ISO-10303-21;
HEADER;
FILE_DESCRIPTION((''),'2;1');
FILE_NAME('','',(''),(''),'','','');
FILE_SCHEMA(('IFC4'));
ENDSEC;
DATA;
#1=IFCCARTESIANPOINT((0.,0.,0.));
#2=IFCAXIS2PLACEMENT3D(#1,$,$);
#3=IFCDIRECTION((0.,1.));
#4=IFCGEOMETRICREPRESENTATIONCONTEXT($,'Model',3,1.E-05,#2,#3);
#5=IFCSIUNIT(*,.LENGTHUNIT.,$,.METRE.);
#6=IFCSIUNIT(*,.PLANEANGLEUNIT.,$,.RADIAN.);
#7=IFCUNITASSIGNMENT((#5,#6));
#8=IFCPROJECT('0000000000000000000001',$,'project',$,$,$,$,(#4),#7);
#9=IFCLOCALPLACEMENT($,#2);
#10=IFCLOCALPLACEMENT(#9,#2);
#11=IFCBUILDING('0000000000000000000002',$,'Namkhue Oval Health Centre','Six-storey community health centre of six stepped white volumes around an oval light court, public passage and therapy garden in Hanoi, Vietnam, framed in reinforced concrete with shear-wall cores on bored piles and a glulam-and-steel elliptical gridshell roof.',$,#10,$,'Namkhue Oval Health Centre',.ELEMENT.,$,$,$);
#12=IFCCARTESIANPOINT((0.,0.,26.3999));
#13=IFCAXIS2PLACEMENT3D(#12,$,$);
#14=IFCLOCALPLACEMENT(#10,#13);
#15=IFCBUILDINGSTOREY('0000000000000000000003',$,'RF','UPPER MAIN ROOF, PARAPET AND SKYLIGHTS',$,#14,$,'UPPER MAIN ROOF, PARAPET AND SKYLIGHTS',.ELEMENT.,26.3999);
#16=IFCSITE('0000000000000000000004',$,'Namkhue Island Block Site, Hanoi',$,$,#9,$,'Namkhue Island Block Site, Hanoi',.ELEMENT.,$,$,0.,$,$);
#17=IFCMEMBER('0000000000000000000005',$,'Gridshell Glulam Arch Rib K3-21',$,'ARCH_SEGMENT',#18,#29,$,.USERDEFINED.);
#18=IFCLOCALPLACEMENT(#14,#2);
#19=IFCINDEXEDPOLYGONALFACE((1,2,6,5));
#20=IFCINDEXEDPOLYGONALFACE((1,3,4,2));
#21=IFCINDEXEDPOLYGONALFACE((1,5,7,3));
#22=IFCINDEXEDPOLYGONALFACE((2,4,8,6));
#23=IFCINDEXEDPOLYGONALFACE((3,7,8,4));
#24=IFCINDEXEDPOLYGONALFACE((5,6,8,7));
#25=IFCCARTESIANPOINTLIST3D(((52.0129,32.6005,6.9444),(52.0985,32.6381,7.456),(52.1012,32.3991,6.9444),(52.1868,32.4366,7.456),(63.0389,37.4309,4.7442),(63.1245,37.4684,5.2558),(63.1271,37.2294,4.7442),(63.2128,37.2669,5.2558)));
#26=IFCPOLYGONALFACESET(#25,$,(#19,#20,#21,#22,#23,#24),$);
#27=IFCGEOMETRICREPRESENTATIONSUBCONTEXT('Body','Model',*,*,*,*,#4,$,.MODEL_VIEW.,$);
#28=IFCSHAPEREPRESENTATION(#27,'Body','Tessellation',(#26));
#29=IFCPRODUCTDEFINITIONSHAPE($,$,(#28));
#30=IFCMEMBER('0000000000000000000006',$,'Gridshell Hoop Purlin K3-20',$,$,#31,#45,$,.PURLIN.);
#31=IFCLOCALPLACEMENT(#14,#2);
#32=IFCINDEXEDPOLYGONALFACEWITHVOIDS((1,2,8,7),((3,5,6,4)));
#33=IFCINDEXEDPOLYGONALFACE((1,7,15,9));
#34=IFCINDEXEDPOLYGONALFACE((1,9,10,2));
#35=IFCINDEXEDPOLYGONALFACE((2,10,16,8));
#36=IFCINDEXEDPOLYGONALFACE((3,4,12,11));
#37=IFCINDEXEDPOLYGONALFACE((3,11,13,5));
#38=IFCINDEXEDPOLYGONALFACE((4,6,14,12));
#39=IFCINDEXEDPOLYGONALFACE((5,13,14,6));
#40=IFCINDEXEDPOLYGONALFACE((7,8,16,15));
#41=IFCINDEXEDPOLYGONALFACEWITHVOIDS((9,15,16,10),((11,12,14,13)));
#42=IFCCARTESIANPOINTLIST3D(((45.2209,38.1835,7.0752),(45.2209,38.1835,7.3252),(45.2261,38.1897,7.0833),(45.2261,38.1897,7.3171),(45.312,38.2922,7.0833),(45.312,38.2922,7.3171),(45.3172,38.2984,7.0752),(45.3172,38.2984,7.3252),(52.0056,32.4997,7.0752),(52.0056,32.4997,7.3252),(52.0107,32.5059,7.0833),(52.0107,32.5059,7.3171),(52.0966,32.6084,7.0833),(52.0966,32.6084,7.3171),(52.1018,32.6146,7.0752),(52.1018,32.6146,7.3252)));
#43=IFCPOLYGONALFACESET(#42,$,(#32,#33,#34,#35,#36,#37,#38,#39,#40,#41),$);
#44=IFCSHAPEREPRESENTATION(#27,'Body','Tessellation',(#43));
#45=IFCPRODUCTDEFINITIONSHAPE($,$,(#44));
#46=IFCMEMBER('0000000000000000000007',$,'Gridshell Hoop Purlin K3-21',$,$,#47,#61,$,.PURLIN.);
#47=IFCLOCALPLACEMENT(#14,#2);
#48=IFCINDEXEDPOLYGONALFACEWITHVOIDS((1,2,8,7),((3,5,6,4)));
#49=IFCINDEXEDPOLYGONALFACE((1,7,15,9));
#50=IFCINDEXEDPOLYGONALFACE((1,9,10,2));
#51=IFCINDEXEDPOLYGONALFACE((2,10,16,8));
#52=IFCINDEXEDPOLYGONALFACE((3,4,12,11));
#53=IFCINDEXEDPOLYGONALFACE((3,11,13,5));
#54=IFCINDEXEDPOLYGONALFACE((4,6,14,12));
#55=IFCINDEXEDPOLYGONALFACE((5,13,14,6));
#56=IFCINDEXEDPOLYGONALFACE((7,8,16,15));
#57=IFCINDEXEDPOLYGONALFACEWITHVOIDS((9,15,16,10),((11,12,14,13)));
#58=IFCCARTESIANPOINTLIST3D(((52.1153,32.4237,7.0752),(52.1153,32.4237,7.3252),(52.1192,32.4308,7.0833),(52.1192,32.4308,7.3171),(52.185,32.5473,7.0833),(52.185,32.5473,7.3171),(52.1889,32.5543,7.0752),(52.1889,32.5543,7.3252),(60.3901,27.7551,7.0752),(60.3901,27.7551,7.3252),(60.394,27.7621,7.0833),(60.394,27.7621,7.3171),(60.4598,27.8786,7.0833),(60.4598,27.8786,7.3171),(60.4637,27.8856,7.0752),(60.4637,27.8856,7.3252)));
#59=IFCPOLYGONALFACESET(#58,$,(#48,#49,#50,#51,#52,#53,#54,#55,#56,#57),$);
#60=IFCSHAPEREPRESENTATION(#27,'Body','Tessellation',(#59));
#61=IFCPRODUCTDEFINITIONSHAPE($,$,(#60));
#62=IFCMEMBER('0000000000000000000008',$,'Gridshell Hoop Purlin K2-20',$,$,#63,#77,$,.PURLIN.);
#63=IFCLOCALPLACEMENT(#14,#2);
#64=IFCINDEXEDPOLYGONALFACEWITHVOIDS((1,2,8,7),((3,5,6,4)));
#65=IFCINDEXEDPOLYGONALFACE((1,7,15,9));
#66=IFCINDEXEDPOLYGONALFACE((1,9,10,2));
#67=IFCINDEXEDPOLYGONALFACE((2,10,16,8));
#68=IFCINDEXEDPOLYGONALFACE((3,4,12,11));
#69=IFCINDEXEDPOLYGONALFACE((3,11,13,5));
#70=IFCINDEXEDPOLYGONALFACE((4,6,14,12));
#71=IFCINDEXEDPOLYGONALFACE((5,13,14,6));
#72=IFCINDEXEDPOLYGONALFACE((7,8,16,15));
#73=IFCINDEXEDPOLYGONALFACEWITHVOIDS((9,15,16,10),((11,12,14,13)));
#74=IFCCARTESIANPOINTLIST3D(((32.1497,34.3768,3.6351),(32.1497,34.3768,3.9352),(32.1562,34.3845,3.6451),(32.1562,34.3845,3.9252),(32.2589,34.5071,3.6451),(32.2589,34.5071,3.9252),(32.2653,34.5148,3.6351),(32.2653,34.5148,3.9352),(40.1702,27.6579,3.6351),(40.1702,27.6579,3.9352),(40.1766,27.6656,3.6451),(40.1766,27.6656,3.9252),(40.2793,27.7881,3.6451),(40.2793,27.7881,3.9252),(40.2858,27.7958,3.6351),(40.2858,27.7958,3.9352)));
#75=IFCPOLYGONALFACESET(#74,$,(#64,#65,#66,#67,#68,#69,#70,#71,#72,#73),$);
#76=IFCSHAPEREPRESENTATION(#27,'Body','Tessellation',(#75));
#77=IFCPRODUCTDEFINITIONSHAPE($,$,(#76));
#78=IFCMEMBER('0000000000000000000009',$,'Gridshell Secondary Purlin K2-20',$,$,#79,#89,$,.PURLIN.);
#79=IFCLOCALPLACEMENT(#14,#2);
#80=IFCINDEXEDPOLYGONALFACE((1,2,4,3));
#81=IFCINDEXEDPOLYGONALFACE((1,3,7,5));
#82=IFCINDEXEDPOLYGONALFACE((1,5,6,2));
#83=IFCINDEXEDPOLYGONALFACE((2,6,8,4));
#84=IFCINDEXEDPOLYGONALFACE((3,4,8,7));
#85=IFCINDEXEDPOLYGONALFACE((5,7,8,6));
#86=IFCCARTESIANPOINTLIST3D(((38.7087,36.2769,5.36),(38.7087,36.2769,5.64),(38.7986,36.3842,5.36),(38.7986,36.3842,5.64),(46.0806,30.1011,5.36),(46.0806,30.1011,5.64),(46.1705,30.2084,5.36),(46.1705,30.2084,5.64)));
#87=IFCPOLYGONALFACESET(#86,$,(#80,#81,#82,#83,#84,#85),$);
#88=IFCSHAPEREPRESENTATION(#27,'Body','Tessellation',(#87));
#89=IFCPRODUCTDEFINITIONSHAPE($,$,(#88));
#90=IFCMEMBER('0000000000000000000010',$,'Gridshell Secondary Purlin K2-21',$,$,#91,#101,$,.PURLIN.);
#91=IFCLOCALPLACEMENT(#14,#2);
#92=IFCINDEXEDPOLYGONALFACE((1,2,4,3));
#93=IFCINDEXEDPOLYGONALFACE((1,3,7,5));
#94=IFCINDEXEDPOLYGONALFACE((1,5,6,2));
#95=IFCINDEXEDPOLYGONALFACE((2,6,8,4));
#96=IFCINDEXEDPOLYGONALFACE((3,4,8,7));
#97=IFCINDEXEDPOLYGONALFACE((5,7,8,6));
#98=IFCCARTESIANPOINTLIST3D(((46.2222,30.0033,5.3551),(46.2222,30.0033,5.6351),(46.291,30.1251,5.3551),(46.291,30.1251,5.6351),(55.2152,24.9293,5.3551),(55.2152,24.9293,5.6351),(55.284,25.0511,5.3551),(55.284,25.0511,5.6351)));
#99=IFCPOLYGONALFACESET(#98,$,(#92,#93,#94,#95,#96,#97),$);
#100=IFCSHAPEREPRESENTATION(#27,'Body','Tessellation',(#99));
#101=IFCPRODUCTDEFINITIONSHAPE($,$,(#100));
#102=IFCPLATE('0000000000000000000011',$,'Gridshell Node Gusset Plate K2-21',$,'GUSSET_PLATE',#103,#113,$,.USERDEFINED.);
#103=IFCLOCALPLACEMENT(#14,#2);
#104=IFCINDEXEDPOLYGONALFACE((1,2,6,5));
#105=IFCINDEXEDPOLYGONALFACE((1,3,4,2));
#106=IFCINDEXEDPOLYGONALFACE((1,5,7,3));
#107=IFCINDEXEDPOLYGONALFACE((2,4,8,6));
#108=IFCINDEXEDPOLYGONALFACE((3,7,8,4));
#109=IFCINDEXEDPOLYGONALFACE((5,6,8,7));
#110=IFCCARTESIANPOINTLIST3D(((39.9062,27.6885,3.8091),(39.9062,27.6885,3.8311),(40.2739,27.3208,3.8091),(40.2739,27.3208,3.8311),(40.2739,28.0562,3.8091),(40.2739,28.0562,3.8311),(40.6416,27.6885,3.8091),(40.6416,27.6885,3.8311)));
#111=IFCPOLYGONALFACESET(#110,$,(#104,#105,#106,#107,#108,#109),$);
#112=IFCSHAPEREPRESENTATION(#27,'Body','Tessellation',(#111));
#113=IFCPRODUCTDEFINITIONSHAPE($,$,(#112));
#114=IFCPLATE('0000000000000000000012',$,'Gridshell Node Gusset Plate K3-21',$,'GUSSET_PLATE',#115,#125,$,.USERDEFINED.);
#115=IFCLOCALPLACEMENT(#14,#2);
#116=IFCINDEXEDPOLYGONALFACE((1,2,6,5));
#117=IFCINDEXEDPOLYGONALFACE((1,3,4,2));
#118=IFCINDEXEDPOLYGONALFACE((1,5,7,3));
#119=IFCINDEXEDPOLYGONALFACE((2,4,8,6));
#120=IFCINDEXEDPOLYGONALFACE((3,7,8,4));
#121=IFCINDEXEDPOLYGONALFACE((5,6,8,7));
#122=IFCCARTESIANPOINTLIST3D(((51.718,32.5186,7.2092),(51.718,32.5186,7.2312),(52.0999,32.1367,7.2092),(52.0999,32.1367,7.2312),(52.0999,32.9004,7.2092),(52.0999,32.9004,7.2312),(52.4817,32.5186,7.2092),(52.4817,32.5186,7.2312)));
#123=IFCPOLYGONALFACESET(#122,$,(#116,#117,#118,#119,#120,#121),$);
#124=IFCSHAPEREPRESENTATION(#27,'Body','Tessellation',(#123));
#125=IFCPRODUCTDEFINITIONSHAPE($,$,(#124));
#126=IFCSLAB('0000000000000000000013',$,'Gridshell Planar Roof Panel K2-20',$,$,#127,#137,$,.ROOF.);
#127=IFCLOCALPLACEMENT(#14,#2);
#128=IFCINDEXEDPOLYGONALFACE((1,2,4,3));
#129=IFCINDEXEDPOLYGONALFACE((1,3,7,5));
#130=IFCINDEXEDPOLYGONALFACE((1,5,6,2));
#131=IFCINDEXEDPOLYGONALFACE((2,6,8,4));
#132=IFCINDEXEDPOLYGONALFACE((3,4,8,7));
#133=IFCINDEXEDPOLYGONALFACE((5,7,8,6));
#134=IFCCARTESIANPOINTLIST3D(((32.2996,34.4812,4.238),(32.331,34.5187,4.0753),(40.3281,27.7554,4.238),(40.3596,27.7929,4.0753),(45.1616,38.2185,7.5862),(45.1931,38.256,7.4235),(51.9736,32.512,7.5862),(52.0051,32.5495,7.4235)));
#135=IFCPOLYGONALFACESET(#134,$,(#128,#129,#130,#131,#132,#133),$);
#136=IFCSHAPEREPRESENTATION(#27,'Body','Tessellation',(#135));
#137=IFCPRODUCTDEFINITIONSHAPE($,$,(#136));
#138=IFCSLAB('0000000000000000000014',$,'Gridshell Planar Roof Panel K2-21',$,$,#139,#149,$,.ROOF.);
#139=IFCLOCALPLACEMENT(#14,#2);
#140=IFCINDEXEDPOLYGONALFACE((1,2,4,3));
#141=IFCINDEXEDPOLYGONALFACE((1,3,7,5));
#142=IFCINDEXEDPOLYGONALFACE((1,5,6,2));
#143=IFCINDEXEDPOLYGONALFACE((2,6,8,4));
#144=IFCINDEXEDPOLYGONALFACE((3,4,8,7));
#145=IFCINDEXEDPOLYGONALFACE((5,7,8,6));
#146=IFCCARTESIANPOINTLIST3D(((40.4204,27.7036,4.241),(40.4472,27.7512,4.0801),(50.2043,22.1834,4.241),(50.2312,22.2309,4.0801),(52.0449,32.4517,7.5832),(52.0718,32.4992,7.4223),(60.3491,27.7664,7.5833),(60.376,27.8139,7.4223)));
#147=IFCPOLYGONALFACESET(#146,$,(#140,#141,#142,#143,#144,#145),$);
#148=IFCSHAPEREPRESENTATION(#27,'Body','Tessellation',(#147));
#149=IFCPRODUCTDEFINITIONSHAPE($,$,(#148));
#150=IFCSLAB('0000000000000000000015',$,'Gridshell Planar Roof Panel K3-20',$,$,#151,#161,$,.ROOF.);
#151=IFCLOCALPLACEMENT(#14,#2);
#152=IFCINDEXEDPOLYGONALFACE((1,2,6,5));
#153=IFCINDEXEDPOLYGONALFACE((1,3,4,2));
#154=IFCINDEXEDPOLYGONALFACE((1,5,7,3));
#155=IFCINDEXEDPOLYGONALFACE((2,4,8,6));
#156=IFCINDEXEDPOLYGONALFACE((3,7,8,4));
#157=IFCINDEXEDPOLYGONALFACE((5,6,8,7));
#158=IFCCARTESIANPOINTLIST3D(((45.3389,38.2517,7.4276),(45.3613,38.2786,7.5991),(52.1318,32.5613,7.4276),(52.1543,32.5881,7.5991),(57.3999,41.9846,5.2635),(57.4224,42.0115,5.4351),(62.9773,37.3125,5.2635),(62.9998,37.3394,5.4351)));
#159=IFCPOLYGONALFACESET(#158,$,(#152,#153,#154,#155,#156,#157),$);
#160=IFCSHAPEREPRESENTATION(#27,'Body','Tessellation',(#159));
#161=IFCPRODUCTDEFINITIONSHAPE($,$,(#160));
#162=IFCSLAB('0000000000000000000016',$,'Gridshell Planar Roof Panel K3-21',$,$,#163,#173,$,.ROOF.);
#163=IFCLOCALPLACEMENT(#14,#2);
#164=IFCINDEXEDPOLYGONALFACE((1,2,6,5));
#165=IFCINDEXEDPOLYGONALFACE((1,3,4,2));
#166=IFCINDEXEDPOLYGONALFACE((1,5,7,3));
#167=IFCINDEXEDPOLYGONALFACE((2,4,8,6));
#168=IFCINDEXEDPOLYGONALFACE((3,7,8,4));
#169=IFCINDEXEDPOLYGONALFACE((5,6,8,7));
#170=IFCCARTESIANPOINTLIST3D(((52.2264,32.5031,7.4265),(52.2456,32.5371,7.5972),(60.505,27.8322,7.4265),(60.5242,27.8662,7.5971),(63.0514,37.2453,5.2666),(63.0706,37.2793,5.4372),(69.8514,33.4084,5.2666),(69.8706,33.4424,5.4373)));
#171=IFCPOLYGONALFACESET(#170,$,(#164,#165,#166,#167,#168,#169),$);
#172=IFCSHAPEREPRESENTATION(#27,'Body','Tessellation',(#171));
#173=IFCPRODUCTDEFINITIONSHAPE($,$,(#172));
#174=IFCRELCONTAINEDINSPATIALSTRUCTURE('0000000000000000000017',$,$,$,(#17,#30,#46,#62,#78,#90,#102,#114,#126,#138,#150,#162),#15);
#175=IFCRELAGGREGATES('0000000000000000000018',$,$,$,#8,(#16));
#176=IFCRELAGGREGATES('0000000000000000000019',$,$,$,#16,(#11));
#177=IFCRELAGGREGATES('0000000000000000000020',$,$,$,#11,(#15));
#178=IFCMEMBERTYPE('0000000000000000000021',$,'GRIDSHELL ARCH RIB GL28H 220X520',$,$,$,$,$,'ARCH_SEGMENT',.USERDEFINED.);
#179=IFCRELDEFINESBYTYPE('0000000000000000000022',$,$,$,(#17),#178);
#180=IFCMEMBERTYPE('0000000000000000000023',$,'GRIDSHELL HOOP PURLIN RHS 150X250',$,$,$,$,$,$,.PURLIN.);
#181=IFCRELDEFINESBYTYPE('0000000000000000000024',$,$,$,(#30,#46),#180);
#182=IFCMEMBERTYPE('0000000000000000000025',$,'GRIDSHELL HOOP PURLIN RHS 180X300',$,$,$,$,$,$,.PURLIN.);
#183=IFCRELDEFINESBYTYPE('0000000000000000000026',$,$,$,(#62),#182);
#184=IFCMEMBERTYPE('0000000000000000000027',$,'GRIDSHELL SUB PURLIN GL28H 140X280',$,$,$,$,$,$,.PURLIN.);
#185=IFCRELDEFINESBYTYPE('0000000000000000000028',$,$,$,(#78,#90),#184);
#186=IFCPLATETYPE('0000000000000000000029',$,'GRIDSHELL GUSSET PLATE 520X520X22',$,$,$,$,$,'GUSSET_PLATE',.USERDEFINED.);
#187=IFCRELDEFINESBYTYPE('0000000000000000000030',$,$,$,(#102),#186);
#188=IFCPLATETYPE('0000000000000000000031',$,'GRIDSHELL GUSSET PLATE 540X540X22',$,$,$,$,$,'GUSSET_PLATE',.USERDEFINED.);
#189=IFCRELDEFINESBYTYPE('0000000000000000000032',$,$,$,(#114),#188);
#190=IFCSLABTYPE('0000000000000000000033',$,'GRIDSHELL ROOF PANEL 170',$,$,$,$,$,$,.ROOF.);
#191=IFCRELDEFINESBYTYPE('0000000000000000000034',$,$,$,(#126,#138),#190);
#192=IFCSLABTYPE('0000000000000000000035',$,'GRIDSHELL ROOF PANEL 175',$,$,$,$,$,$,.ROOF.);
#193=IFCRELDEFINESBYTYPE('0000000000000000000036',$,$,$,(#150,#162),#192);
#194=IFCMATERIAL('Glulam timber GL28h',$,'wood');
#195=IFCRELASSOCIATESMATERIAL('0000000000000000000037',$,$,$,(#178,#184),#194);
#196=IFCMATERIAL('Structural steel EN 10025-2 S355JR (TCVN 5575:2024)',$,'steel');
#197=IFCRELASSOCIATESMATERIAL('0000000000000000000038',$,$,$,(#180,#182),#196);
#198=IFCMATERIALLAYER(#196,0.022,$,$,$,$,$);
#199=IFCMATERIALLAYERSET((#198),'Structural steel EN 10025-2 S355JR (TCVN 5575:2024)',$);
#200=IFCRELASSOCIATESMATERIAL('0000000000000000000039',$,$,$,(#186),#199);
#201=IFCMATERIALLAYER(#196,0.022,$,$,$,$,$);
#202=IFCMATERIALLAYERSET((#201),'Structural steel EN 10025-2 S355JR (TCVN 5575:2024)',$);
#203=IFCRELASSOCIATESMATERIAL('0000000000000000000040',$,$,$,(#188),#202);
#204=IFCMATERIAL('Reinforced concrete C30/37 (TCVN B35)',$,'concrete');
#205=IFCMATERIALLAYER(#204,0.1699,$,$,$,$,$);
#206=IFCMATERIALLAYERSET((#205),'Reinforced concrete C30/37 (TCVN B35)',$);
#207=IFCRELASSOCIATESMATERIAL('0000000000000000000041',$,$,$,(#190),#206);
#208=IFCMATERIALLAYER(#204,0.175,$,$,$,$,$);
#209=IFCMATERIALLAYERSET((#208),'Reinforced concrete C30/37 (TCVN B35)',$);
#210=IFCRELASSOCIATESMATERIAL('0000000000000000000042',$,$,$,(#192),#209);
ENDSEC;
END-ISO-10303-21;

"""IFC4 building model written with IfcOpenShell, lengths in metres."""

from ifc_helpers import new_model, si_unit, direction, frame, origin, origin_2d, place, context, subcontext, project, spatial, polyline, rectangle, hollow_rectangle, outline, extrude, material, layer, layer_set, material_profile, profile_set, type_object, element, save


model = new_model("IFC4")

# Units and contexts
model_context = context("Model", 3, precision=1e-05, world=origin(), true_north=direction((0.0, 1.0)))
body_context = subcontext(model_context, "Body", "Model", "MODEL_VIEW")
ifc_project = project(units=[si_unit("LENGTHUNIT", "METRE"), si_unit("PLANEANGLEUNIT", "RADIAN")], contexts=[model_context])

# Site, building, storey
site_placement = place(None, origin())
site = spatial("IfcSite", under=ifc_project, at=site_placement, Name="Namkhue Island Block Site, Hanoi", LongName="Namkhue Island Block Site, Hanoi", CompositionType="ELEMENT", RefElevation=0.0)
building_placement = place(site_placement, origin())
building = spatial("IfcBuilding", under=site, at=building_placement, Name="Namkhue Oval Health Centre", Description="Six-storey community health centre of six stepped white volumes around an oval light court, public passage and therapy garden in Hanoi, Vietnam, framed in reinforced concrete with shear-wall cores on bored piles and a glulam-and-steel elliptical gridshell roof.", LongName="Namkhue Oval Health Centre", CompositionType="ELEMENT")
storey_placement = place(building_placement, frame((0.0, 0.0, 26.3999)))
storey = spatial("IfcBuildingStorey", under=building, at=storey_placement, Name="RF", Description="UPPER MAIN ROOF, PARAPET AND SKYLIGHTS", LongName="UPPER MAIN ROOF, PARAPET AND SKYLIGHTS", CompositionType="ELEMENT", Elevation=26.3999)

# Members
ifc_material_1 = material(Name="Structural steel EN 10025-2 S355JR (TCVN 5575:2024)", Category="steel")
ifc_material_2 = material(Name="Glulam timber GL28h", Category="wood")
ifc_material_profile_1 = material_profile(ifc_material_2, rectangle(XDim=0.22, YDim=0.52, at=origin_2d()), Name="GL28h 220x520")
ifc_profile_set_1 = profile_set([ifc_material_profile_1], Name="Glulam timber GL28h")
member_type_1 = type_object("IfcMemberType", Name="GRIDSHELL ARCH RIB GL28H 220X520", ElementType="ARCH_SEGMENT", PredefinedType="USERDEFINED", material=ifc_profile_set_1)
member_1_placement = place(storey_placement, frame((52.0999, 32.5186, 7.2002), z_axis=(0.901032, 0.394733, -0.179799), x_axis=(-0.401272, 0.915959, 0.0)))
element("IfcMember", 1, at=member_1_placement, inside=storey, type_object=member_type_1, Name="Gridshell Glulam Arch Rib K3-21", ObjectType="ARCH_SEGMENT", PredefinedType="USERDEFINED", context=body_context, shape_type="SweptSolid", body=[
    extrude(rectangle(XDim=0.22, YDim=0.52, at=origin_2d()), origin(), (0.0, 0.0, 1.0), 12.2371),
])
ifc_material_profile_2 = material_profile(ifc_material_1, hollow_rectangle(XDim=0.1499, YDim=0.25, WallThickness=0.0081, at=origin_2d()), Name="RHS 150x250x8")
ifc_profile_set_2 = profile_set([ifc_material_profile_2], Name="Structural steel EN 10025-2 S355JR (TCVN 5575:2024)")
member_type_2 = type_object("IfcMemberType", Name="GRIDSHELL HOOP PURLIN RHS 150X250", PredefinedType="PURLIN", material=ifc_profile_set_2)
member_2_placement = place(storey_placement, frame((45.269, 38.241, 7.2002), z_axis=(0.766555, -0.642179, 0.0), x_axis=(0.642179, 0.766555, 0.0)))
element("IfcMember", 2, at=member_2_placement, inside=storey, type_object=member_type_2, Name="Gridshell Hoop Purlin K3-20", PredefinedType="PURLIN", context=body_context, shape_type="SweptSolid", body=[
    extrude(hollow_rectangle(XDim=0.1499, YDim=0.25, WallThickness=0.0081, at=origin_2d()), origin(), (0.0, 0.0, 1.0), 8.8508),
])
member_3_placement = place(storey_placement, frame((52.1521, 32.489, 7.2002), z_axis=(0.870942, -0.491386, 0.0), x_axis=(0.491386, 0.870942, 0.0)))
element("IfcMember", 3, at=member_3_placement, inside=storey, type_object=member_type_2, Name="Gridshell Hoop Purlin K3-21", PredefinedType="PURLIN", context=body_context, shape_type="SweptSolid", body=[
    extrude(hollow_rectangle(XDim=0.1499, YDim=0.25, WallThickness=0.0081, at=origin_2d()), origin(), (0.0, 0.0, 1.0), 9.501),
])
ifc_material_profile_3 = material_profile(ifc_material_1, hollow_rectangle(XDim=0.1799, YDim=0.3, WallThickness=0.01, at=origin_2d()), Name="RHS 180x300x10")
ifc_profile_set_3 = profile_set([ifc_material_profile_3], Name="Structural steel EN 10025-2 S355JR (TCVN 5575:2024)")
member_type_3 = type_object("IfcMemberType", Name="GRIDSHELL HOOP PURLIN RHS 180X300", PredefinedType="PURLIN", material=ifc_profile_set_3)
member_4_placement = place(storey_placement, frame((32.2075, 34.4458, 3.7852), z_axis=(0.766562, -0.64217, 0.0), x_axis=(0.64217, 0.766562, 0.0)))
element("IfcMember", 4, at=member_4_placement, inside=storey, type_object=member_type_3, Name="Gridshell Hoop Purlin K2-20", PredefinedType="PURLIN", context=body_context, shape_type="SweptSolid", body=[
    extrude(hollow_rectangle(XDim=0.1799, YDim=0.3, WallThickness=0.01, at=origin_2d()), origin(), (0.0, 0.0, 1.0), 10.4629),
])
ifc_material_profile_4 = material_profile(ifc_material_2, rectangle(XDim=0.1399, YDim=0.28, at=origin_2d()), Name="GL28h 140x280")
ifc_profile_set_4 = profile_set([ifc_material_profile_4], Name="Glulam timber GL28h")
member_type_4 = type_object("IfcMemberType", Name="GRIDSHELL SUB PURLIN GL28H 140X280", PredefinedType="PURLIN", material=ifc_profile_set_4)
member_5_placement = place(storey_placement, frame((38.7537, 36.3306, 5.5), z_axis=(0.766552, -0.642182, 0.0), x_axis=(0.642182, 0.766552, 0.0)))
element("IfcMember", 5, at=member_5_placement, inside=storey, type_object=member_type_4, Name="Gridshell Secondary Purlin K2-20", PredefinedType="PURLIN", context=body_context, shape_type="SweptSolid", body=[
    extrude(rectangle(XDim=0.1399, YDim=0.28, at=origin_2d()), origin(), (0.0, 0.0, 1.0), 9.6169),
])
member_6_placement = place(storey_placement, frame((46.2566, 30.0642, 5.4951), z_axis=(0.870935, -0.491398, 0.0), x_axis=(0.491398, 0.870935, 0.0)))
element("IfcMember", 6, at=member_6_placement, inside=storey, type_object=member_type_4, Name="Gridshell Secondary Purlin K2-21", PredefinedType="PURLIN", context=body_context, shape_type="SweptSolid", body=[
    extrude(rectangle(XDim=0.1399, YDim=0.28, at=origin_2d()), origin(), (0.0, 0.0, 1.0), 10.3257),
])

# Plates
ifc_layer_1 = layer(ifc_material_1, 0.022)
ifc_layer_set_1 = layer_set([ifc_layer_1], Name="Structural steel EN 10025-2 S355JR (TCVN 5575:2024)")
plate_type_1 = type_object("IfcPlateType", Name="GRIDSHELL GUSSET PLATE 520X520X22", ElementType="GUSSET_PLATE", PredefinedType="USERDEFINED", material=ifc_layer_set_1)
plate_1_placement = place(storey_placement, frame((40.2739, 27.6885, 3.8091), z_axis=(0.0, 0.0, 1.0), x_axis=(-0.707107, -0.707107, 0.0)))
element("IfcPlate", 7, at=plate_1_placement, inside=storey, type_object=plate_type_1, Name="Gridshell Node Gusset Plate K2-21", ObjectType="GUSSET_PLATE", PredefinedType="USERDEFINED", context=body_context, shape_type="SweptSolid", body=[
    extrude(rectangle(XDim=0.52, YDim=0.52, at=origin_2d()), origin(), (0.0, 0.0, 1.0), 0.022),
])
ifc_layer_2 = layer(ifc_material_1, 0.022)
ifc_layer_set_2 = layer_set([ifc_layer_2], Name="Structural steel EN 10025-2 S355JR (TCVN 5575:2024)")
plate_type_2 = type_object("IfcPlateType", Name="GRIDSHELL GUSSET PLATE 540X540X22", ElementType="GUSSET_PLATE", PredefinedType="USERDEFINED", material=ifc_layer_set_2)
plate_2_placement = place(storey_placement, frame((52.0999, 32.5186, 7.2092), z_axis=(0.0, 0.0, 1.0), x_axis=(-0.707107, -0.707107, 0.0)))
element("IfcPlate", 8, at=plate_2_placement, inside=storey, type_object=plate_type_2, Name="Gridshell Node Gusset Plate K3-21", ObjectType="GUSSET_PLATE", PredefinedType="USERDEFINED", context=body_context, shape_type="SweptSolid", body=[
    extrude(rectangle(XDim=0.54, YDim=0.54, at=origin_2d()), origin(), (0.0, 0.0, 1.0), 0.022),
])

# Slabs
ifc_material_3 = material(Name="Reinforced concrete C30/37 (TCVN B35)", Category="concrete")
ifc_layer_3 = layer(ifc_material_3, 0.1699)
ifc_layer_set_3 = layer_set([ifc_layer_3], Name="Reinforced concrete C30/37 (TCVN B35)")
slab_type_1 = type_object("IfcSlabType", Name="GRIDSHELL ROOF PANEL 170", PredefinedType="ROOF", material=ifc_layer_set_3)
slab_1_placement = place(storey_placement, frame((32.2996, 34.4812, 4.238), z_axis=(-0.185073, -0.220922, 0.957571), x_axis=(0.766559, -0.642174, -0.000001)))
element("IfcSlab", 9, at=slab_1_placement, inside=storey, type_object=slab_type_1, Name="Gridshell Planar Roof Panel K2-20", PredefinedType="ROOF", context=body_context, shape_type="SweptSolid", body=[
    extrude(outline(polyline([(0.0, 0.0), (10.4735, 0.0), (16.3459, 11.6176), (7.4595, 11.6175), (0.0, 0.0)])), origin(), (0.0, 0.0, -1.0), 0.1699),
])
slab_2_placement = place(storey_placement, frame((40.4204, 27.7036, 4.241), z_axis=(-0.157933, -0.279917, 0.946945), x_axis=(0.870936, -0.491397, -0.000001)))
element("IfcSlab", 10, at=slab_2_placement, inside=storey, type_object=slab_type_1, Name="Gridshell Planar Roof Panel K2-21", PredefinedType="ROOF", context=body_context, shape_type="SweptSolid", body=[
    extrude(outline(polyline([(0.0, 0.0), (11.2338, 0.0), (17.3258, 10.3993), (7.791, 10.3992), (0.0, 0.0)])), origin(), (0.0, 0.0, -1.0), 0.1699),
])
ifc_layer_4 = layer(ifc_material_3, 0.175)
ifc_layer_set_4 = layer_set([ifc_layer_4], Name="Reinforced concrete C30/37 (TCVN B35)")
slab_type_2 = type_object("IfcSlabType", Name="GRIDSHELL ROOF PANEL 175", PredefinedType="ROOF", material=ifc_layer_set_4)
slab_3_placement = place(storey_placement, frame((45.3613, 38.2786, 7.5991), z_axis=(0.128374, 0.153247, 0.979814), x_axis=(0.766575, -0.642155, 0.0)))
element("IfcSlab", 11, at=slab_3_placement, inside=storey, type_object=slab_type_2, Name="Gridshell Planar Roof Panel K3-20", PredefinedType="ROOF", context=body_context, shape_type="SweptSolid", body=[
    extrude(outline(polyline([(0.0, 0.0), (8.8615, 0.0), (14.1243, 10.8251), (6.8486, 10.8251), (0.0, 0.0)])), origin(), (0.0, 0.0, -1.0), 0.175),
])
slab_4_placement = place(storey_placement, frame((52.2456, 32.5371, 7.5972), z_axis=(0.109499, 0.194068, 0.974858), x_axis=(0.870936, -0.491397, -0.000002)))
element("IfcSlab", 12, at=slab_4_placement, inside=storey, type_object=slab_type_2, Name="Gridshell Planar Roof Panel K3-21", PredefinedType="ROOF", context=body_context, shape_type="SweptSolid", body=[
    extrude(outline(polyline([(0.0, 0.0), (9.5054, 0.0), (14.9054, 9.693), (7.0975, 9.6932), (0.0, 0.0)])), origin(), (0.0, 0.0, -1.0), 0.175),
])

save(model, "model.ifc")
